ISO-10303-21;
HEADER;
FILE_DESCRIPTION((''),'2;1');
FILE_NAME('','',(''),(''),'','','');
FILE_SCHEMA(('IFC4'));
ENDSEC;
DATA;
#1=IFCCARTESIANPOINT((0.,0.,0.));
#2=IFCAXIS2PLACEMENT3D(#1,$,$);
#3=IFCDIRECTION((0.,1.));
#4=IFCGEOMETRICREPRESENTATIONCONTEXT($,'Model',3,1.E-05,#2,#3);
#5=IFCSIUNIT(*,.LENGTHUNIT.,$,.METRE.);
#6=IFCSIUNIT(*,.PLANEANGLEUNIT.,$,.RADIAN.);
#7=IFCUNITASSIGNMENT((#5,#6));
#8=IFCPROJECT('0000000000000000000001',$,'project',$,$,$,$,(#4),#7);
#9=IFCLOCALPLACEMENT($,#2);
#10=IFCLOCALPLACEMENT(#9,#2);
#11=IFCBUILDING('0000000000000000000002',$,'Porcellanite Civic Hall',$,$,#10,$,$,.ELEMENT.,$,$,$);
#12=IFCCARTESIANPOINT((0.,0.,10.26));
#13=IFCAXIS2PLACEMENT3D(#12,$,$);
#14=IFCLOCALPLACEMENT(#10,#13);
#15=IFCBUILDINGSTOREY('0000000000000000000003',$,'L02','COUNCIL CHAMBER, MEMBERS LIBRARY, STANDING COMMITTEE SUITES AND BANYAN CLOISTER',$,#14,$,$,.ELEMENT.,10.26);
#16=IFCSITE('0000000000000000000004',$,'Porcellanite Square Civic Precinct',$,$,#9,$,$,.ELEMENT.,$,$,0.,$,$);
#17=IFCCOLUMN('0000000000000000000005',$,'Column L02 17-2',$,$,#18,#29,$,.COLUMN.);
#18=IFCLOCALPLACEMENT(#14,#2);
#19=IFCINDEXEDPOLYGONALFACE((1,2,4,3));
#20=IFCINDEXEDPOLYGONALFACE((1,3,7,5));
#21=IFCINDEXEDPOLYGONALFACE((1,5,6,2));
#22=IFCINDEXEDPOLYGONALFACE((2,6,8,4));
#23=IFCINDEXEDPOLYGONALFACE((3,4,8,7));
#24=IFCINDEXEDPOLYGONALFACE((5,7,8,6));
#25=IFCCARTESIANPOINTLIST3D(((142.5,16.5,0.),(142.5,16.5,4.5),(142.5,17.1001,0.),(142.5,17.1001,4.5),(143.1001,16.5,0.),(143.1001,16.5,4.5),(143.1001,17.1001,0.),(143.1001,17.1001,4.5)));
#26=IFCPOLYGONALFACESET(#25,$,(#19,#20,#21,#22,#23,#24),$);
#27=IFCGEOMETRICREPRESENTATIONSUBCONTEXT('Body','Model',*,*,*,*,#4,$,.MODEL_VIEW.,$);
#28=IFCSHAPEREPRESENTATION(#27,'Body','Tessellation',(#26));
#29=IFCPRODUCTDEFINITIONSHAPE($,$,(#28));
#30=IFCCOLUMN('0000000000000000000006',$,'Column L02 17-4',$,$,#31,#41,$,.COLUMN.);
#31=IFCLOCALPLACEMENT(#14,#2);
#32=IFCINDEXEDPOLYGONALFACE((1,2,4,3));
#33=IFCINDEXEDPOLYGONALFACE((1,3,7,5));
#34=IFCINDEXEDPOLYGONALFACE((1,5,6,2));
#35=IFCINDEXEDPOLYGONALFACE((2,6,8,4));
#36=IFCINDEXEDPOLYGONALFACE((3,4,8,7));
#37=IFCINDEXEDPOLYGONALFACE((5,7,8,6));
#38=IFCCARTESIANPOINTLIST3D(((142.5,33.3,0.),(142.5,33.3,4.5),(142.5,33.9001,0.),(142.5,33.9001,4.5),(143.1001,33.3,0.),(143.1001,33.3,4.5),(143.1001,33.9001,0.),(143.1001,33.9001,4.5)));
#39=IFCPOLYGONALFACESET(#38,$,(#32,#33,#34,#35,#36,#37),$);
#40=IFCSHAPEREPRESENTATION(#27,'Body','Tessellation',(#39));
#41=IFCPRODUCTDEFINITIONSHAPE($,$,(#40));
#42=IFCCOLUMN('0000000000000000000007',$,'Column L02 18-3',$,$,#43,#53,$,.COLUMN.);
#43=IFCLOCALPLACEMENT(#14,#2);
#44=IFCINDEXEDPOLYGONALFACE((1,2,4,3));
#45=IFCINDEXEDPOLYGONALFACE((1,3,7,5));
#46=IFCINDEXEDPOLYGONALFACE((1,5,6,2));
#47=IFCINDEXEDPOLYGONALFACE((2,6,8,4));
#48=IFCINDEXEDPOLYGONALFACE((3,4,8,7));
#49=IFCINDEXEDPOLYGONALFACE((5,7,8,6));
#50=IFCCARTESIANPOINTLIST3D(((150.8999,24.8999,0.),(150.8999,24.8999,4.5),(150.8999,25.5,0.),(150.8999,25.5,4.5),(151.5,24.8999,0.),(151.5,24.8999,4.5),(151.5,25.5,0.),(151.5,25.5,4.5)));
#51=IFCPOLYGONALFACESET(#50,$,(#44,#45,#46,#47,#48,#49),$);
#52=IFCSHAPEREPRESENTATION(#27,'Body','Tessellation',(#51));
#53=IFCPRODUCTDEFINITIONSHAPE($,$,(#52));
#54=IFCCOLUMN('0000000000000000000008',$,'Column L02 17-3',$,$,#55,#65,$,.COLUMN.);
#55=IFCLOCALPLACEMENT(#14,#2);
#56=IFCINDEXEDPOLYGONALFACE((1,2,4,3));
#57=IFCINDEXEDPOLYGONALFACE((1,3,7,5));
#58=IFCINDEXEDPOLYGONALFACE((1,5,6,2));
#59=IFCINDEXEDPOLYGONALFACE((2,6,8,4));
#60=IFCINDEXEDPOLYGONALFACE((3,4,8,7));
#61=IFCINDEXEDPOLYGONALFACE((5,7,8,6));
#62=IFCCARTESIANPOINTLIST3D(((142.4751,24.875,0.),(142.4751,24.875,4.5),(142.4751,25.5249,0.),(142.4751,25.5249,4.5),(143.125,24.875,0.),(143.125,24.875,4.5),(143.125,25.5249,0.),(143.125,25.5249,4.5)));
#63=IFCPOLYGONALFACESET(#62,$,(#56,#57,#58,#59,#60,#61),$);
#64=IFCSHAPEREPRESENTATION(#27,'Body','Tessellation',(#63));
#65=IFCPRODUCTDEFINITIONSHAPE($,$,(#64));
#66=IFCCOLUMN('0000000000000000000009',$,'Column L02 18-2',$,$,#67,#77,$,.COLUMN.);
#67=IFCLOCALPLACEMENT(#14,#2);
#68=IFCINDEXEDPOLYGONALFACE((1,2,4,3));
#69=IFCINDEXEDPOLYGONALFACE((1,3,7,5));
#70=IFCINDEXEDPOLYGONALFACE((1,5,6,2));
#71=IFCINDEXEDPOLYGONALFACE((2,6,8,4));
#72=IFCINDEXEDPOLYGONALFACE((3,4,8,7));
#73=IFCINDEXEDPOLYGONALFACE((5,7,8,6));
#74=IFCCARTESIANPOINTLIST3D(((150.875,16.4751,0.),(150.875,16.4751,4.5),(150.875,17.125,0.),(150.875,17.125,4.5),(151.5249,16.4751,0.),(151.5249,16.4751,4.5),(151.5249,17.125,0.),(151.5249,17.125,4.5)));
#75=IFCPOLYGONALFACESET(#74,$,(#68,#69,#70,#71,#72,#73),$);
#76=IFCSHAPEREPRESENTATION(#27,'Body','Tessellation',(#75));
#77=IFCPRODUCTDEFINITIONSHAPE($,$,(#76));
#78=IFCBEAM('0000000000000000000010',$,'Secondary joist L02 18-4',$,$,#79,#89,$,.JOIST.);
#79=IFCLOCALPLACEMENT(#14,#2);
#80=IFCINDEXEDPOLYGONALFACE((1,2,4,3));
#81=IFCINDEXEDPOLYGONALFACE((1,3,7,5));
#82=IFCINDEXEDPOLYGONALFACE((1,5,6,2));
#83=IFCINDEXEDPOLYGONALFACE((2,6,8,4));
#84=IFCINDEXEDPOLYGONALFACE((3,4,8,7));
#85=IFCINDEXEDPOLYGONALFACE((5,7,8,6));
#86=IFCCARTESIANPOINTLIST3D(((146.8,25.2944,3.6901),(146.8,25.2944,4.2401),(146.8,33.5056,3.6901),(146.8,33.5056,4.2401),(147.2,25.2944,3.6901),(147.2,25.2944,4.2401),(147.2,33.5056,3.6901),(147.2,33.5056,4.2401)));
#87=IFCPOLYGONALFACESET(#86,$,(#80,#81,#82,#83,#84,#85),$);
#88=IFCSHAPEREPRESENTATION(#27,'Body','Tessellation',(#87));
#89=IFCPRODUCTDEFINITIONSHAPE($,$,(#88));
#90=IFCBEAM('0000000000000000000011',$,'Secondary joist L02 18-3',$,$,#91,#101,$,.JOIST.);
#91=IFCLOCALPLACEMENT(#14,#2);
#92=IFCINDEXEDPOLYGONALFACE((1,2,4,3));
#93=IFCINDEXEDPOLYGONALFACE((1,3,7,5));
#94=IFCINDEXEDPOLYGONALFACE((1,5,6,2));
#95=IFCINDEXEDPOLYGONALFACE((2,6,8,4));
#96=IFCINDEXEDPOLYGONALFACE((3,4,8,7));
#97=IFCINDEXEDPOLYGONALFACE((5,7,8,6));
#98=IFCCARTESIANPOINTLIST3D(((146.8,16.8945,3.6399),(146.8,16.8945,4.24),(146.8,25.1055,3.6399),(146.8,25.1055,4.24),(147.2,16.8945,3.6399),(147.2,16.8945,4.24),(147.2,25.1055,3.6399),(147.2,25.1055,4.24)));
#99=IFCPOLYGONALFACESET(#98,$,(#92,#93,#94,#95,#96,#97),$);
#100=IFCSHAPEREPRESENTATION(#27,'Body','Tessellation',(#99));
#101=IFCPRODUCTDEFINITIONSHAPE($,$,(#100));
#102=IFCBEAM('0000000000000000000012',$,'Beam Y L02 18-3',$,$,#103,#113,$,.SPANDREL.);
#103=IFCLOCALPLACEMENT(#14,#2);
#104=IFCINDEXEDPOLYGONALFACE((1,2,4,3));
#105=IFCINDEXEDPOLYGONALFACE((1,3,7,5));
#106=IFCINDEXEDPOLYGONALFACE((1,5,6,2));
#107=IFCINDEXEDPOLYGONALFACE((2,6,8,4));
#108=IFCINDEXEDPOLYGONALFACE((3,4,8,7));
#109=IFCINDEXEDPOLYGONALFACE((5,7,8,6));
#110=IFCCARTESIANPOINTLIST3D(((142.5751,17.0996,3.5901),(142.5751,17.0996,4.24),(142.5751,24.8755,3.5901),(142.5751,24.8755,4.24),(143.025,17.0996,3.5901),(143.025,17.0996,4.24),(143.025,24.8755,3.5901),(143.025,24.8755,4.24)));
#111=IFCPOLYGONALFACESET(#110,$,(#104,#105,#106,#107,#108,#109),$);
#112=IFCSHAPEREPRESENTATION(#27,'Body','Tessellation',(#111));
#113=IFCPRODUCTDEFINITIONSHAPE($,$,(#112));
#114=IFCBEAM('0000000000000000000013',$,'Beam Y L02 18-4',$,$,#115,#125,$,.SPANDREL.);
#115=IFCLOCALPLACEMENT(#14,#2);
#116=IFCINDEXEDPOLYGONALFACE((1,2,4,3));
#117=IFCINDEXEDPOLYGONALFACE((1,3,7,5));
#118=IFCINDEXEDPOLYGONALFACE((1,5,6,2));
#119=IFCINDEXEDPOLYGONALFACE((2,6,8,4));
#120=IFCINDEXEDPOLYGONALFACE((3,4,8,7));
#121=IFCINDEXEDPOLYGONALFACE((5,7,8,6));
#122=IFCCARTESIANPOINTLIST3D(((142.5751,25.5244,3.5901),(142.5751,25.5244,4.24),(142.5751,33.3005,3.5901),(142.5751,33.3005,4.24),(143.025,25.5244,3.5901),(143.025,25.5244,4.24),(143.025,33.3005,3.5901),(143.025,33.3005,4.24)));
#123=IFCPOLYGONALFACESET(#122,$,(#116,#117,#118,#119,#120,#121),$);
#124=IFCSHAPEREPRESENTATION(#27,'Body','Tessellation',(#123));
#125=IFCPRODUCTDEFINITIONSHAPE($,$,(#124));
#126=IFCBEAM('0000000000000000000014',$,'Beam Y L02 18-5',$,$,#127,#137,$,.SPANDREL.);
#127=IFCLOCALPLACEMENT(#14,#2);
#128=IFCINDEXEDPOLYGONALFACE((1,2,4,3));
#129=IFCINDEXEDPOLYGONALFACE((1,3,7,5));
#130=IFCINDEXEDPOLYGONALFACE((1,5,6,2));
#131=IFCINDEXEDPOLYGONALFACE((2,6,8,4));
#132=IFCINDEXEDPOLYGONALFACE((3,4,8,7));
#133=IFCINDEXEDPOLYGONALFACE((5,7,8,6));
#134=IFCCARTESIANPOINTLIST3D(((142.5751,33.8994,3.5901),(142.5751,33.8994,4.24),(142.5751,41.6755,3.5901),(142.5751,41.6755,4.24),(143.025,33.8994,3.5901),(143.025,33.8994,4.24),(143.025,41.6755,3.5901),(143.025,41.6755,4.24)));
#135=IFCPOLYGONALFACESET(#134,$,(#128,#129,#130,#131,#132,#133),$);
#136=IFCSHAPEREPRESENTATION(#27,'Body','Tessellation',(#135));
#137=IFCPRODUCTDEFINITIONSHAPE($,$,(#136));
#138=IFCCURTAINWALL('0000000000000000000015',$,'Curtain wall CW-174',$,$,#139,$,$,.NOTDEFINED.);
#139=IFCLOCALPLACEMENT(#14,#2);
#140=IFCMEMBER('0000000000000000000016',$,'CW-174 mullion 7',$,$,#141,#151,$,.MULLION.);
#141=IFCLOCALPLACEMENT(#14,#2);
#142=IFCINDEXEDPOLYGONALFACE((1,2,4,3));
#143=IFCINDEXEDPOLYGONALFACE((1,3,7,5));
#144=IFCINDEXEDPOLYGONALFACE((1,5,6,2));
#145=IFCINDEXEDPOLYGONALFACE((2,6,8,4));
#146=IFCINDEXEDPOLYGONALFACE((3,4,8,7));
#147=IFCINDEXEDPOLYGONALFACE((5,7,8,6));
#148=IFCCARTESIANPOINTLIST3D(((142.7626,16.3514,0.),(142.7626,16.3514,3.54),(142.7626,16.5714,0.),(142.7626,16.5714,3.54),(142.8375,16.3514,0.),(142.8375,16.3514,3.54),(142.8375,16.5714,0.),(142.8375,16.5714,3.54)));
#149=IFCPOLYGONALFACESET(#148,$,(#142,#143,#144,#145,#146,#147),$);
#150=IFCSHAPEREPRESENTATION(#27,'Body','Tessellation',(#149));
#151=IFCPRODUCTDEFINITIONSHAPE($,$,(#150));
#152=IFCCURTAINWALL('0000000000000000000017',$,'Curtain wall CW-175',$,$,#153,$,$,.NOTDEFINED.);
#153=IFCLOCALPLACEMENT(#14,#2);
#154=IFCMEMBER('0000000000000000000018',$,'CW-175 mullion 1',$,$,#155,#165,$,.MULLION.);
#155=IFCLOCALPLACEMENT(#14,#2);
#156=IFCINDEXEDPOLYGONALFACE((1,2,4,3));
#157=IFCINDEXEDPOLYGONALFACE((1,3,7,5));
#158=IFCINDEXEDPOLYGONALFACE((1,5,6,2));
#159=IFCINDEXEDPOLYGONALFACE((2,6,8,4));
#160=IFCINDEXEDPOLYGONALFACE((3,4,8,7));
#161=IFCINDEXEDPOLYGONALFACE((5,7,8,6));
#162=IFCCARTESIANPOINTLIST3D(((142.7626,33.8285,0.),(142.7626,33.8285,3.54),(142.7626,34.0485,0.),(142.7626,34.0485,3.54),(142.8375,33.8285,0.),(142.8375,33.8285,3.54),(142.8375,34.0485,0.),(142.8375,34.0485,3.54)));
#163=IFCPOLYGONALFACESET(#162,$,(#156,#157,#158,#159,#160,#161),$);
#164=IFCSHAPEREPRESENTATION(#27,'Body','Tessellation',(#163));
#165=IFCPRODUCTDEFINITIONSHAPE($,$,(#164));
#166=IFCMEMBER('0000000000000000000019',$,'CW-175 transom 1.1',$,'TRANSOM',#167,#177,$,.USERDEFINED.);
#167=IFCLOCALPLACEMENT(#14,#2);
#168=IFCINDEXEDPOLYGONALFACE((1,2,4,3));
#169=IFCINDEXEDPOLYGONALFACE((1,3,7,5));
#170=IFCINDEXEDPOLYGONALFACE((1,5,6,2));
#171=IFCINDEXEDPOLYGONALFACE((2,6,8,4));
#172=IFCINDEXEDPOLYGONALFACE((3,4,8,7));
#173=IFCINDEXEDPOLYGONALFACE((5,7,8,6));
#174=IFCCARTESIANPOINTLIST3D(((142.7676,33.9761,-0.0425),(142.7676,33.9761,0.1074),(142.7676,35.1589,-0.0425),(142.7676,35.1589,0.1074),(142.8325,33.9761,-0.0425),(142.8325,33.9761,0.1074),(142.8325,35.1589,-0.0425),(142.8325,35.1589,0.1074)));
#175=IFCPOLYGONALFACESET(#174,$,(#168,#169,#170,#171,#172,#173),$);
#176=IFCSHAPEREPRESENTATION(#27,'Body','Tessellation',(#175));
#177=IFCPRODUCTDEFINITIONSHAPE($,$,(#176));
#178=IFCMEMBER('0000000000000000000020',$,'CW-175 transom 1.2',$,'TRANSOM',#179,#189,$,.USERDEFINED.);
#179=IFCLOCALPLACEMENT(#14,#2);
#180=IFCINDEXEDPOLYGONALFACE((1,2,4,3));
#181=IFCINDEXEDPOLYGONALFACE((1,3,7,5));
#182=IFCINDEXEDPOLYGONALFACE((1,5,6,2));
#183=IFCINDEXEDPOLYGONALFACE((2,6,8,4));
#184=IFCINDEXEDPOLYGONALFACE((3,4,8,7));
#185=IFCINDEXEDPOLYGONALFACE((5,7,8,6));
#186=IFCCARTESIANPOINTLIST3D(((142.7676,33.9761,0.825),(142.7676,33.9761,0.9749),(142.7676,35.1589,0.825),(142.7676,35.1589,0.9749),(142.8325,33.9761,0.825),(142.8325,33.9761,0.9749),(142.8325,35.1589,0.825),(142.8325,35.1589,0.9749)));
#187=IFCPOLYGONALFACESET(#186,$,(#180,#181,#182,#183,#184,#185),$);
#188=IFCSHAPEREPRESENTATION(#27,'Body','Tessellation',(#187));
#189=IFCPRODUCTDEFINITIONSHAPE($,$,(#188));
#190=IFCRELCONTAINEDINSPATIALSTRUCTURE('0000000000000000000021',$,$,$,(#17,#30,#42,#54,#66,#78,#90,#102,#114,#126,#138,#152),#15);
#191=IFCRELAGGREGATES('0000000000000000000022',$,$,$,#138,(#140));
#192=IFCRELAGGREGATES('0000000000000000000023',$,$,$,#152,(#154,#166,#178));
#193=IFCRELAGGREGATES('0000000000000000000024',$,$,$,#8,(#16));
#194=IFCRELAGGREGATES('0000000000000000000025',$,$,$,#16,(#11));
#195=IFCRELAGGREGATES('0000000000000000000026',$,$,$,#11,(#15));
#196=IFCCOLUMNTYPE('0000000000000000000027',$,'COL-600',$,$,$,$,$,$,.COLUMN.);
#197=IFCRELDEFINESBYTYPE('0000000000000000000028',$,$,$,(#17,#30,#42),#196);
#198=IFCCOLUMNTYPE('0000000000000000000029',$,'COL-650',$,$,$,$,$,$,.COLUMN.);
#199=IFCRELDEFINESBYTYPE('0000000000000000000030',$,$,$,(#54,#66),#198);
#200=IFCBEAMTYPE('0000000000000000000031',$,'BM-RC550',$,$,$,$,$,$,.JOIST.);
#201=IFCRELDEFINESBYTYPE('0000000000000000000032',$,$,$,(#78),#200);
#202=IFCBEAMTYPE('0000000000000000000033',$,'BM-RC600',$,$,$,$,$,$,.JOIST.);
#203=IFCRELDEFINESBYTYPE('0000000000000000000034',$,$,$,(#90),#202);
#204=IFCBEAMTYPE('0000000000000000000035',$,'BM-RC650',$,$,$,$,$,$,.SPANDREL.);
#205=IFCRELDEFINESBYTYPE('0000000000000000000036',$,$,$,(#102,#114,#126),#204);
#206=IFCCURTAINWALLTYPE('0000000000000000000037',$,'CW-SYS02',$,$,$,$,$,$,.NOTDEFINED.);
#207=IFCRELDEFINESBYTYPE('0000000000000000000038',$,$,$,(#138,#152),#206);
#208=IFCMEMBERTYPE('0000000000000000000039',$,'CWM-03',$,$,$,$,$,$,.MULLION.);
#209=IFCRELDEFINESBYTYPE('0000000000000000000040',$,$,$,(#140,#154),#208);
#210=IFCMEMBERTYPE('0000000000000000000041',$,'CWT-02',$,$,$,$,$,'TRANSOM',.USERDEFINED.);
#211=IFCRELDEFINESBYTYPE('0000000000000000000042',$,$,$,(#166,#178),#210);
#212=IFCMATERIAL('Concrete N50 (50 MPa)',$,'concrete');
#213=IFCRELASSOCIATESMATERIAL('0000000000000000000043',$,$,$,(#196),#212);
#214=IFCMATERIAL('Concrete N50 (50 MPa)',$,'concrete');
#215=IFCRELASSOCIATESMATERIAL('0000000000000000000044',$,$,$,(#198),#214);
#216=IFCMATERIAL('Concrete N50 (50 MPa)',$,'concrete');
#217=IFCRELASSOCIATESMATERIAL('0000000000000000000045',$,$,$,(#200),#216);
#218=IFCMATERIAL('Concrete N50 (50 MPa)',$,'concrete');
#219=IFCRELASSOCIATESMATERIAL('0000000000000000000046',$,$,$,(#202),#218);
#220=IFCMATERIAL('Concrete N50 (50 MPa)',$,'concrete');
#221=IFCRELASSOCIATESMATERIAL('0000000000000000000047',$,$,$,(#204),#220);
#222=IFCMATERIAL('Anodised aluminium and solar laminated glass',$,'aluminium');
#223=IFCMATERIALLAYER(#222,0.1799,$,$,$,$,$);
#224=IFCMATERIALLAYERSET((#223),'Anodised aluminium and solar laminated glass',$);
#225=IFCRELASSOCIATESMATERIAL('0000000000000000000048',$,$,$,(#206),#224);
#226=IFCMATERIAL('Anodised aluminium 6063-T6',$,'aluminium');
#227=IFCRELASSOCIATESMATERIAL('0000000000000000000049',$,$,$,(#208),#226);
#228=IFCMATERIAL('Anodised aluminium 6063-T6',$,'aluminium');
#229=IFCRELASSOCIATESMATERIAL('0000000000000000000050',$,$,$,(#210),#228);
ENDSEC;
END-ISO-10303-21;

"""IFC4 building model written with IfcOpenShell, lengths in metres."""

from ifc_helpers import new_model, si_unit, direction, frame, origin, origin_2d, place, context, subcontext, project, spatial, rectangle, extrude, material, layer, layer_set, material_profile, profile_set, type_object, element, aggregate, save


model = new_model("IFC4")

# Units and contexts
model_context = context("Model", 3, precision=1e-05, world=origin(), true_north=direction((0.0, 1.0)))
body_context = subcontext(model_context, "Body", "Model", "MODEL_VIEW")
ifc_project = project(units=[si_unit("LENGTHUNIT", "METRE"), si_unit("PLANEANGLEUNIT", "RADIAN")], contexts=[model_context])

# Site, building, storey
site_placement = place(None, origin())
site = spatial("IfcSite", under=ifc_project, at=site_placement, Name="Porcellanite Square Civic Precinct", CompositionType="ELEMENT", RefElevation=0.0)
building_placement = place(site_placement, origin())
building = spatial("IfcBuilding", under=site, at=building_placement, Name="Porcellanite Civic Hall", CompositionType="ELEMENT")
storey_placement = place(building_placement, frame((0.0, 0.0, 10.26)))
storey = spatial("IfcBuildingStorey", under=building, at=storey_placement, Name="L02", Description="COUNCIL CHAMBER, MEMBERS LIBRARY, STANDING COMMITTEE SUITES AND BANYAN CLOISTER", CompositionType="ELEMENT", Elevation=10.26)

# Columns
ifc_material_1 = material(Name="Concrete N50 (50 MPa)", Category="concrete")
ifc_material_profile_1 = material_profile(ifc_material_1, rectangle(XDim=0.6001, YDim=0.6001, at=origin_2d()), Name="RC-600x600")
ifc_profile_set_1 = profile_set([ifc_material_profile_1], Name="Concrete N50 (50 MPa)")
column_type_1 = type_object("IfcColumnType", Name="COL-600", PredefinedType="COLUMN", material=ifc_profile_set_1)
for number, where, z_axis, x_axis, name in (
    (1, (142.8, 16.8, 0.0), (0.0, 0.0, 1.0), (1.0, 0.0, 0.0), "Column L02 17-2"),
    (2, (142.8, 33.6001, 0.0), (0.0, 0.0, 1.0), (1.0, 0.0, 0.0), "Column L02 17-4"),
    (3, (151.2, 25.2, 0.0), (0.0, 0.0, 1.0), (1.0, 0.0, 0.0), "Column L02 18-3"),
):
    element("IfcColumn", number, at=place(storey_placement, frame(where, z_axis=z_axis, x_axis=x_axis)), inside=storey, type_object=column_type_1, Name=name, PredefinedType="COLUMN", context=body_context, shape_type="SweptSolid", body=[
        extrude(rectangle(XDim=0.6001, YDim=0.6001, at=origin_2d()), origin(), (0.0, 0.0, 1.0), 4.5),
    ])
ifc_material_2 = material(Name="Concrete N50 (50 MPa)", Category="concrete")
ifc_material_profile_2 = material_profile(ifc_material_2, rectangle(XDim=0.6499, YDim=0.6499, at=origin_2d()), Name="RC-650x650")
ifc_profile_set_2 = profile_set([ifc_material_profile_2], Name="Concrete N50 (50 MPa)")
column_type_2 = type_object("IfcColumnType", Name="COL-650", PredefinedType="COLUMN", material=ifc_profile_set_2)
for number, where, z_axis, x_axis, name in (
    (4, (142.8, 25.2, 0.0), (0.0, 0.0, 1.0), (1.0, 0.0, 0.0), "Column L02 17-3"),
    (5, (151.2, 16.8, 0.0), (0.0, 0.0, 1.0), (1.0, 0.0, 0.0), "Column L02 18-2"),
):
    element("IfcColumn", number, at=place(storey_placement, frame(where, z_axis=z_axis, x_axis=x_axis)), inside=storey, type_object=column_type_2, Name=name, PredefinedType="COLUMN", context=body_context, shape_type="SweptSolid", body=[
        extrude(rectangle(XDim=0.6499, YDim=0.6499, at=origin_2d()), origin(), (0.0, 0.0, 1.0), 4.5),
    ])

# Beams
ifc_material_3 = material(Name="Concrete N50 (50 MPa)", Category="concrete")
ifc_material_profile_3 = material_profile(ifc_material_3, rectangle(XDim=0.3999, YDim=0.55, at=origin_2d()), Name="RC-400x550")
ifc_profile_set_3 = profile_set([ifc_material_profile_3], Name="Concrete N50 (50 MPa)")
beam_type_1 = type_object("IfcBeamType", Name="BM-RC550", PredefinedType="JOIST", material=ifc_profile_set_3)
beam_1_placement = place(storey_placement, frame((147.0, 25.2944, 3.9651), z_axis=(0.0, 1.0, 0.0), x_axis=(-1.0, 0.0, 0.0)))
element("IfcBeam", 6, at=beam_1_placement, inside=storey, type_object=beam_type_1, Name="Secondary joist L02 18-4", PredefinedType="JOIST", context=body_context, shape_type="SweptSolid", body=[
    extrude(rectangle(XDim=0.3999, YDim=0.55, at=origin_2d()), origin(), (0.0, 0.0, 1.0), 8.2112),
])
ifc_material_4 = material(Name="Concrete N50 (50 MPa)", Category="concrete")
ifc_material_profile_4 = material_profile(ifc_material_4, rectangle(XDim=0.3999, YDim=0.6001, at=origin_2d()), Name="RC-400x600")
ifc_profile_set_4 = profile_set([ifc_material_profile_4], Name="Concrete N50 (50 MPa)")
beam_type_2 = type_object("IfcBeamType", Name="BM-RC600", PredefinedType="JOIST", material=ifc_profile_set_4)
beam_2_placement = place(storey_placement, frame((147.0, 16.8945, 3.9399), z_axis=(0.0, 1.0, 0.0), x_axis=(-1.0, 0.0, 0.0)))
element("IfcBeam", 7, at=beam_2_placement, inside=storey, type_object=beam_type_2, Name="Secondary joist L02 18-3", PredefinedType="JOIST", context=body_context, shape_type="SweptSolid", body=[
    extrude(rectangle(XDim=0.3999, YDim=0.6001, at=origin_2d()), origin(), (0.0, 0.0, 1.0), 8.2109),
])
ifc_material_5 = material(Name="Concrete N50 (50 MPa)", Category="concrete")
ifc_material_profile_5 = material_profile(ifc_material_5, rectangle(XDim=0.45, YDim=0.6499, at=origin_2d()), Name="RC-450x650")
ifc_profile_set_5 = profile_set([ifc_material_profile_5], Name="Concrete N50 (50 MPa)")
beam_type_3 = type_object("IfcBeamType", Name="BM-RC650", PredefinedType="SPANDREL", material=ifc_profile_set_5)
beam_3_placement = place(storey_placement, frame((142.8, 17.0996, 3.915), z_axis=(0.0, 1.0, 0.0), x_axis=(-1.0, 0.0, 0.0)))
element("IfcBeam", 8, at=beam_3_placement, inside=storey, type_object=beam_type_3, Name="Beam Y L02 18-3", PredefinedType="SPANDREL", context=body_context, shape_type="SweptSolid", body=[
    extrude(rectangle(XDim=0.45, YDim=0.6499, at=origin_2d()), origin(), (0.0, 0.0, 1.0), 7.7759),
])
for number, where, z_axis, x_axis, name in (
    (9, (142.8, 25.5244, 3.915), (0.0, 1.0, 0.0), (-1.0, 0.0, 0.0), "Beam Y L02 18-4"),
    (10, (142.8, 33.8994, 3.915), (0.0, 1.0, 0.0), (-1.0, 0.0, 0.0), "Beam Y L02 18-5"),
):
    element("IfcBeam", number, at=place(storey_placement, frame(where, z_axis=z_axis, x_axis=x_axis)), inside=storey, type_object=beam_type_3, Name=name, PredefinedType="SPANDREL", context=body_context, shape_type="SweptSolid", body=[
        extrude(rectangle(XDim=0.45, YDim=0.6499, at=origin_2d()), origin(), (0.0, 0.0, 1.0), 7.7761),
    ])

# Curtain wall, member
ifc_material_6 = material(Name="Anodised aluminium and solar laminated glass", Category="aluminium")
ifc_layer_1 = layer(ifc_material_6, 0.1799)
ifc_layer_set_1 = layer_set([ifc_layer_1], Name="Anodised aluminium and solar laminated glass")
curtain_wall_type = type_object("IfcCurtainWallType", Name="CW-SYS02", PredefinedType="NOTDEFINED", material=ifc_layer_set_1)
curtain_wall_1_placement = place(storey_placement, origin())
curtain_wall_1 = element("IfcCurtainWall", 11, at=curtain_wall_1_placement, inside=storey, type_object=curtain_wall_type, Name="Curtain wall CW-174", PredefinedType="NOTDEFINED")
ifc_material_7 = material(Name="Anodised aluminium 6063-T6", Category="aluminium")
ifc_material_profile_6 = material_profile(ifc_material_7, rectangle(XDim=0.075, YDim=0.22, at=origin_2d()), Name="AL-75x220")
ifc_profile_set_6 = profile_set([ifc_material_profile_6], Name="Anodised aluminium 6063-T6")
member_type_1 = type_object("IfcMemberType", Name="CWM-03", PredefinedType="MULLION", material=ifc_profile_set_6)
member_1_placement = place(storey_placement, frame((142.8, 16.4614, 0.0), z_axis=(0.0, 0.0, 1.0), x_axis=(-1.0, 0.0, 0.0)))
member_1 = element("IfcMember", 12, at=member_1_placement, type_object=member_type_1, Name="CW-174 mullion 7", PredefinedType="MULLION", context=body_context, shape_type="SweptSolid", body=[
    extrude(rectangle(XDim=0.075, YDim=0.22, at=origin_2d()), origin(), (0.0, 0.0, 1.0), 3.54),
])
aggregate(curtain_wall_1, [member_1])

# Curtain wall, members
curtain_wall_2_placement = place(storey_placement, origin())
curtain_wall_2 = element("IfcCurtainWall", 13, at=curtain_wall_2_placement, inside=storey, type_object=curtain_wall_type, Name="Curtain wall CW-175", PredefinedType="NOTDEFINED")
member_2_placement = place(storey_placement, frame((142.8, 33.9385, 0.0), z_axis=(0.0, 0.0, 1.0), x_axis=(-1.0, 0.0, 0.0)))
member_2 = element("IfcMember", 14, at=member_2_placement, type_object=member_type_1, Name="CW-175 mullion 1", PredefinedType="MULLION", context=body_context, shape_type="SweptSolid", body=[
    extrude(rectangle(XDim=0.075, YDim=0.22, at=origin_2d()), origin(), (0.0, 0.0, 1.0), 3.54),
])
ifc_material_8 = material(Name="Anodised aluminium 6063-T6", Category="aluminium")
ifc_material_profile_7 = material_profile(ifc_material_8, rectangle(XDim=0.0649, YDim=0.1499, at=origin_2d()), Name="AL-65x150")
ifc_profile_set_7 = profile_set([ifc_material_profile_7], Name="Anodised aluminium 6063-T6")
member_type_2 = type_object("IfcMemberType", Name="CWT-02", ElementType="TRANSOM", PredefinedType="USERDEFINED", material=ifc_profile_set_7)
member_3_placement = place(storey_placement, frame((142.8, 33.9761, 0.0325), z_axis=(0.0, 1.0, 0.0), x_axis=(-1.0, 0.0, 0.0)))
member_3 = element("IfcMember", 15, at=member_3_placement, type_object=member_type_2, Name="CW-175 transom 1.1", ObjectType="TRANSOM", PredefinedType="USERDEFINED", context=body_context, shape_type="SweptSolid", body=[
    extrude(rectangle(XDim=0.0649, YDim=0.1499, at=origin_2d()), origin(), (0.0, 0.0, 1.0), 1.1829),
])
member_4_placement = place(storey_placement, frame((142.8, 33.9761, 0.8999), z_axis=(0.0, 1.0, 0.0), x_axis=(-1.0, 0.0, 0.0)))
member_4 = element("IfcMember", 16, at=member_4_placement, type_object=member_type_2, Name="CW-175 transom 1.2", ObjectType="TRANSOM", PredefinedType="USERDEFINED", context=body_context, shape_type="SweptSolid", body=[
    extrude(rectangle(XDim=0.0649, YDim=0.1499, at=origin_2d()), origin(), (0.0, 0.0, 1.0), 1.1829),
])

aggregate(curtain_wall_2, [member_2, member_3, member_4])

save(model, "model.ifc")
